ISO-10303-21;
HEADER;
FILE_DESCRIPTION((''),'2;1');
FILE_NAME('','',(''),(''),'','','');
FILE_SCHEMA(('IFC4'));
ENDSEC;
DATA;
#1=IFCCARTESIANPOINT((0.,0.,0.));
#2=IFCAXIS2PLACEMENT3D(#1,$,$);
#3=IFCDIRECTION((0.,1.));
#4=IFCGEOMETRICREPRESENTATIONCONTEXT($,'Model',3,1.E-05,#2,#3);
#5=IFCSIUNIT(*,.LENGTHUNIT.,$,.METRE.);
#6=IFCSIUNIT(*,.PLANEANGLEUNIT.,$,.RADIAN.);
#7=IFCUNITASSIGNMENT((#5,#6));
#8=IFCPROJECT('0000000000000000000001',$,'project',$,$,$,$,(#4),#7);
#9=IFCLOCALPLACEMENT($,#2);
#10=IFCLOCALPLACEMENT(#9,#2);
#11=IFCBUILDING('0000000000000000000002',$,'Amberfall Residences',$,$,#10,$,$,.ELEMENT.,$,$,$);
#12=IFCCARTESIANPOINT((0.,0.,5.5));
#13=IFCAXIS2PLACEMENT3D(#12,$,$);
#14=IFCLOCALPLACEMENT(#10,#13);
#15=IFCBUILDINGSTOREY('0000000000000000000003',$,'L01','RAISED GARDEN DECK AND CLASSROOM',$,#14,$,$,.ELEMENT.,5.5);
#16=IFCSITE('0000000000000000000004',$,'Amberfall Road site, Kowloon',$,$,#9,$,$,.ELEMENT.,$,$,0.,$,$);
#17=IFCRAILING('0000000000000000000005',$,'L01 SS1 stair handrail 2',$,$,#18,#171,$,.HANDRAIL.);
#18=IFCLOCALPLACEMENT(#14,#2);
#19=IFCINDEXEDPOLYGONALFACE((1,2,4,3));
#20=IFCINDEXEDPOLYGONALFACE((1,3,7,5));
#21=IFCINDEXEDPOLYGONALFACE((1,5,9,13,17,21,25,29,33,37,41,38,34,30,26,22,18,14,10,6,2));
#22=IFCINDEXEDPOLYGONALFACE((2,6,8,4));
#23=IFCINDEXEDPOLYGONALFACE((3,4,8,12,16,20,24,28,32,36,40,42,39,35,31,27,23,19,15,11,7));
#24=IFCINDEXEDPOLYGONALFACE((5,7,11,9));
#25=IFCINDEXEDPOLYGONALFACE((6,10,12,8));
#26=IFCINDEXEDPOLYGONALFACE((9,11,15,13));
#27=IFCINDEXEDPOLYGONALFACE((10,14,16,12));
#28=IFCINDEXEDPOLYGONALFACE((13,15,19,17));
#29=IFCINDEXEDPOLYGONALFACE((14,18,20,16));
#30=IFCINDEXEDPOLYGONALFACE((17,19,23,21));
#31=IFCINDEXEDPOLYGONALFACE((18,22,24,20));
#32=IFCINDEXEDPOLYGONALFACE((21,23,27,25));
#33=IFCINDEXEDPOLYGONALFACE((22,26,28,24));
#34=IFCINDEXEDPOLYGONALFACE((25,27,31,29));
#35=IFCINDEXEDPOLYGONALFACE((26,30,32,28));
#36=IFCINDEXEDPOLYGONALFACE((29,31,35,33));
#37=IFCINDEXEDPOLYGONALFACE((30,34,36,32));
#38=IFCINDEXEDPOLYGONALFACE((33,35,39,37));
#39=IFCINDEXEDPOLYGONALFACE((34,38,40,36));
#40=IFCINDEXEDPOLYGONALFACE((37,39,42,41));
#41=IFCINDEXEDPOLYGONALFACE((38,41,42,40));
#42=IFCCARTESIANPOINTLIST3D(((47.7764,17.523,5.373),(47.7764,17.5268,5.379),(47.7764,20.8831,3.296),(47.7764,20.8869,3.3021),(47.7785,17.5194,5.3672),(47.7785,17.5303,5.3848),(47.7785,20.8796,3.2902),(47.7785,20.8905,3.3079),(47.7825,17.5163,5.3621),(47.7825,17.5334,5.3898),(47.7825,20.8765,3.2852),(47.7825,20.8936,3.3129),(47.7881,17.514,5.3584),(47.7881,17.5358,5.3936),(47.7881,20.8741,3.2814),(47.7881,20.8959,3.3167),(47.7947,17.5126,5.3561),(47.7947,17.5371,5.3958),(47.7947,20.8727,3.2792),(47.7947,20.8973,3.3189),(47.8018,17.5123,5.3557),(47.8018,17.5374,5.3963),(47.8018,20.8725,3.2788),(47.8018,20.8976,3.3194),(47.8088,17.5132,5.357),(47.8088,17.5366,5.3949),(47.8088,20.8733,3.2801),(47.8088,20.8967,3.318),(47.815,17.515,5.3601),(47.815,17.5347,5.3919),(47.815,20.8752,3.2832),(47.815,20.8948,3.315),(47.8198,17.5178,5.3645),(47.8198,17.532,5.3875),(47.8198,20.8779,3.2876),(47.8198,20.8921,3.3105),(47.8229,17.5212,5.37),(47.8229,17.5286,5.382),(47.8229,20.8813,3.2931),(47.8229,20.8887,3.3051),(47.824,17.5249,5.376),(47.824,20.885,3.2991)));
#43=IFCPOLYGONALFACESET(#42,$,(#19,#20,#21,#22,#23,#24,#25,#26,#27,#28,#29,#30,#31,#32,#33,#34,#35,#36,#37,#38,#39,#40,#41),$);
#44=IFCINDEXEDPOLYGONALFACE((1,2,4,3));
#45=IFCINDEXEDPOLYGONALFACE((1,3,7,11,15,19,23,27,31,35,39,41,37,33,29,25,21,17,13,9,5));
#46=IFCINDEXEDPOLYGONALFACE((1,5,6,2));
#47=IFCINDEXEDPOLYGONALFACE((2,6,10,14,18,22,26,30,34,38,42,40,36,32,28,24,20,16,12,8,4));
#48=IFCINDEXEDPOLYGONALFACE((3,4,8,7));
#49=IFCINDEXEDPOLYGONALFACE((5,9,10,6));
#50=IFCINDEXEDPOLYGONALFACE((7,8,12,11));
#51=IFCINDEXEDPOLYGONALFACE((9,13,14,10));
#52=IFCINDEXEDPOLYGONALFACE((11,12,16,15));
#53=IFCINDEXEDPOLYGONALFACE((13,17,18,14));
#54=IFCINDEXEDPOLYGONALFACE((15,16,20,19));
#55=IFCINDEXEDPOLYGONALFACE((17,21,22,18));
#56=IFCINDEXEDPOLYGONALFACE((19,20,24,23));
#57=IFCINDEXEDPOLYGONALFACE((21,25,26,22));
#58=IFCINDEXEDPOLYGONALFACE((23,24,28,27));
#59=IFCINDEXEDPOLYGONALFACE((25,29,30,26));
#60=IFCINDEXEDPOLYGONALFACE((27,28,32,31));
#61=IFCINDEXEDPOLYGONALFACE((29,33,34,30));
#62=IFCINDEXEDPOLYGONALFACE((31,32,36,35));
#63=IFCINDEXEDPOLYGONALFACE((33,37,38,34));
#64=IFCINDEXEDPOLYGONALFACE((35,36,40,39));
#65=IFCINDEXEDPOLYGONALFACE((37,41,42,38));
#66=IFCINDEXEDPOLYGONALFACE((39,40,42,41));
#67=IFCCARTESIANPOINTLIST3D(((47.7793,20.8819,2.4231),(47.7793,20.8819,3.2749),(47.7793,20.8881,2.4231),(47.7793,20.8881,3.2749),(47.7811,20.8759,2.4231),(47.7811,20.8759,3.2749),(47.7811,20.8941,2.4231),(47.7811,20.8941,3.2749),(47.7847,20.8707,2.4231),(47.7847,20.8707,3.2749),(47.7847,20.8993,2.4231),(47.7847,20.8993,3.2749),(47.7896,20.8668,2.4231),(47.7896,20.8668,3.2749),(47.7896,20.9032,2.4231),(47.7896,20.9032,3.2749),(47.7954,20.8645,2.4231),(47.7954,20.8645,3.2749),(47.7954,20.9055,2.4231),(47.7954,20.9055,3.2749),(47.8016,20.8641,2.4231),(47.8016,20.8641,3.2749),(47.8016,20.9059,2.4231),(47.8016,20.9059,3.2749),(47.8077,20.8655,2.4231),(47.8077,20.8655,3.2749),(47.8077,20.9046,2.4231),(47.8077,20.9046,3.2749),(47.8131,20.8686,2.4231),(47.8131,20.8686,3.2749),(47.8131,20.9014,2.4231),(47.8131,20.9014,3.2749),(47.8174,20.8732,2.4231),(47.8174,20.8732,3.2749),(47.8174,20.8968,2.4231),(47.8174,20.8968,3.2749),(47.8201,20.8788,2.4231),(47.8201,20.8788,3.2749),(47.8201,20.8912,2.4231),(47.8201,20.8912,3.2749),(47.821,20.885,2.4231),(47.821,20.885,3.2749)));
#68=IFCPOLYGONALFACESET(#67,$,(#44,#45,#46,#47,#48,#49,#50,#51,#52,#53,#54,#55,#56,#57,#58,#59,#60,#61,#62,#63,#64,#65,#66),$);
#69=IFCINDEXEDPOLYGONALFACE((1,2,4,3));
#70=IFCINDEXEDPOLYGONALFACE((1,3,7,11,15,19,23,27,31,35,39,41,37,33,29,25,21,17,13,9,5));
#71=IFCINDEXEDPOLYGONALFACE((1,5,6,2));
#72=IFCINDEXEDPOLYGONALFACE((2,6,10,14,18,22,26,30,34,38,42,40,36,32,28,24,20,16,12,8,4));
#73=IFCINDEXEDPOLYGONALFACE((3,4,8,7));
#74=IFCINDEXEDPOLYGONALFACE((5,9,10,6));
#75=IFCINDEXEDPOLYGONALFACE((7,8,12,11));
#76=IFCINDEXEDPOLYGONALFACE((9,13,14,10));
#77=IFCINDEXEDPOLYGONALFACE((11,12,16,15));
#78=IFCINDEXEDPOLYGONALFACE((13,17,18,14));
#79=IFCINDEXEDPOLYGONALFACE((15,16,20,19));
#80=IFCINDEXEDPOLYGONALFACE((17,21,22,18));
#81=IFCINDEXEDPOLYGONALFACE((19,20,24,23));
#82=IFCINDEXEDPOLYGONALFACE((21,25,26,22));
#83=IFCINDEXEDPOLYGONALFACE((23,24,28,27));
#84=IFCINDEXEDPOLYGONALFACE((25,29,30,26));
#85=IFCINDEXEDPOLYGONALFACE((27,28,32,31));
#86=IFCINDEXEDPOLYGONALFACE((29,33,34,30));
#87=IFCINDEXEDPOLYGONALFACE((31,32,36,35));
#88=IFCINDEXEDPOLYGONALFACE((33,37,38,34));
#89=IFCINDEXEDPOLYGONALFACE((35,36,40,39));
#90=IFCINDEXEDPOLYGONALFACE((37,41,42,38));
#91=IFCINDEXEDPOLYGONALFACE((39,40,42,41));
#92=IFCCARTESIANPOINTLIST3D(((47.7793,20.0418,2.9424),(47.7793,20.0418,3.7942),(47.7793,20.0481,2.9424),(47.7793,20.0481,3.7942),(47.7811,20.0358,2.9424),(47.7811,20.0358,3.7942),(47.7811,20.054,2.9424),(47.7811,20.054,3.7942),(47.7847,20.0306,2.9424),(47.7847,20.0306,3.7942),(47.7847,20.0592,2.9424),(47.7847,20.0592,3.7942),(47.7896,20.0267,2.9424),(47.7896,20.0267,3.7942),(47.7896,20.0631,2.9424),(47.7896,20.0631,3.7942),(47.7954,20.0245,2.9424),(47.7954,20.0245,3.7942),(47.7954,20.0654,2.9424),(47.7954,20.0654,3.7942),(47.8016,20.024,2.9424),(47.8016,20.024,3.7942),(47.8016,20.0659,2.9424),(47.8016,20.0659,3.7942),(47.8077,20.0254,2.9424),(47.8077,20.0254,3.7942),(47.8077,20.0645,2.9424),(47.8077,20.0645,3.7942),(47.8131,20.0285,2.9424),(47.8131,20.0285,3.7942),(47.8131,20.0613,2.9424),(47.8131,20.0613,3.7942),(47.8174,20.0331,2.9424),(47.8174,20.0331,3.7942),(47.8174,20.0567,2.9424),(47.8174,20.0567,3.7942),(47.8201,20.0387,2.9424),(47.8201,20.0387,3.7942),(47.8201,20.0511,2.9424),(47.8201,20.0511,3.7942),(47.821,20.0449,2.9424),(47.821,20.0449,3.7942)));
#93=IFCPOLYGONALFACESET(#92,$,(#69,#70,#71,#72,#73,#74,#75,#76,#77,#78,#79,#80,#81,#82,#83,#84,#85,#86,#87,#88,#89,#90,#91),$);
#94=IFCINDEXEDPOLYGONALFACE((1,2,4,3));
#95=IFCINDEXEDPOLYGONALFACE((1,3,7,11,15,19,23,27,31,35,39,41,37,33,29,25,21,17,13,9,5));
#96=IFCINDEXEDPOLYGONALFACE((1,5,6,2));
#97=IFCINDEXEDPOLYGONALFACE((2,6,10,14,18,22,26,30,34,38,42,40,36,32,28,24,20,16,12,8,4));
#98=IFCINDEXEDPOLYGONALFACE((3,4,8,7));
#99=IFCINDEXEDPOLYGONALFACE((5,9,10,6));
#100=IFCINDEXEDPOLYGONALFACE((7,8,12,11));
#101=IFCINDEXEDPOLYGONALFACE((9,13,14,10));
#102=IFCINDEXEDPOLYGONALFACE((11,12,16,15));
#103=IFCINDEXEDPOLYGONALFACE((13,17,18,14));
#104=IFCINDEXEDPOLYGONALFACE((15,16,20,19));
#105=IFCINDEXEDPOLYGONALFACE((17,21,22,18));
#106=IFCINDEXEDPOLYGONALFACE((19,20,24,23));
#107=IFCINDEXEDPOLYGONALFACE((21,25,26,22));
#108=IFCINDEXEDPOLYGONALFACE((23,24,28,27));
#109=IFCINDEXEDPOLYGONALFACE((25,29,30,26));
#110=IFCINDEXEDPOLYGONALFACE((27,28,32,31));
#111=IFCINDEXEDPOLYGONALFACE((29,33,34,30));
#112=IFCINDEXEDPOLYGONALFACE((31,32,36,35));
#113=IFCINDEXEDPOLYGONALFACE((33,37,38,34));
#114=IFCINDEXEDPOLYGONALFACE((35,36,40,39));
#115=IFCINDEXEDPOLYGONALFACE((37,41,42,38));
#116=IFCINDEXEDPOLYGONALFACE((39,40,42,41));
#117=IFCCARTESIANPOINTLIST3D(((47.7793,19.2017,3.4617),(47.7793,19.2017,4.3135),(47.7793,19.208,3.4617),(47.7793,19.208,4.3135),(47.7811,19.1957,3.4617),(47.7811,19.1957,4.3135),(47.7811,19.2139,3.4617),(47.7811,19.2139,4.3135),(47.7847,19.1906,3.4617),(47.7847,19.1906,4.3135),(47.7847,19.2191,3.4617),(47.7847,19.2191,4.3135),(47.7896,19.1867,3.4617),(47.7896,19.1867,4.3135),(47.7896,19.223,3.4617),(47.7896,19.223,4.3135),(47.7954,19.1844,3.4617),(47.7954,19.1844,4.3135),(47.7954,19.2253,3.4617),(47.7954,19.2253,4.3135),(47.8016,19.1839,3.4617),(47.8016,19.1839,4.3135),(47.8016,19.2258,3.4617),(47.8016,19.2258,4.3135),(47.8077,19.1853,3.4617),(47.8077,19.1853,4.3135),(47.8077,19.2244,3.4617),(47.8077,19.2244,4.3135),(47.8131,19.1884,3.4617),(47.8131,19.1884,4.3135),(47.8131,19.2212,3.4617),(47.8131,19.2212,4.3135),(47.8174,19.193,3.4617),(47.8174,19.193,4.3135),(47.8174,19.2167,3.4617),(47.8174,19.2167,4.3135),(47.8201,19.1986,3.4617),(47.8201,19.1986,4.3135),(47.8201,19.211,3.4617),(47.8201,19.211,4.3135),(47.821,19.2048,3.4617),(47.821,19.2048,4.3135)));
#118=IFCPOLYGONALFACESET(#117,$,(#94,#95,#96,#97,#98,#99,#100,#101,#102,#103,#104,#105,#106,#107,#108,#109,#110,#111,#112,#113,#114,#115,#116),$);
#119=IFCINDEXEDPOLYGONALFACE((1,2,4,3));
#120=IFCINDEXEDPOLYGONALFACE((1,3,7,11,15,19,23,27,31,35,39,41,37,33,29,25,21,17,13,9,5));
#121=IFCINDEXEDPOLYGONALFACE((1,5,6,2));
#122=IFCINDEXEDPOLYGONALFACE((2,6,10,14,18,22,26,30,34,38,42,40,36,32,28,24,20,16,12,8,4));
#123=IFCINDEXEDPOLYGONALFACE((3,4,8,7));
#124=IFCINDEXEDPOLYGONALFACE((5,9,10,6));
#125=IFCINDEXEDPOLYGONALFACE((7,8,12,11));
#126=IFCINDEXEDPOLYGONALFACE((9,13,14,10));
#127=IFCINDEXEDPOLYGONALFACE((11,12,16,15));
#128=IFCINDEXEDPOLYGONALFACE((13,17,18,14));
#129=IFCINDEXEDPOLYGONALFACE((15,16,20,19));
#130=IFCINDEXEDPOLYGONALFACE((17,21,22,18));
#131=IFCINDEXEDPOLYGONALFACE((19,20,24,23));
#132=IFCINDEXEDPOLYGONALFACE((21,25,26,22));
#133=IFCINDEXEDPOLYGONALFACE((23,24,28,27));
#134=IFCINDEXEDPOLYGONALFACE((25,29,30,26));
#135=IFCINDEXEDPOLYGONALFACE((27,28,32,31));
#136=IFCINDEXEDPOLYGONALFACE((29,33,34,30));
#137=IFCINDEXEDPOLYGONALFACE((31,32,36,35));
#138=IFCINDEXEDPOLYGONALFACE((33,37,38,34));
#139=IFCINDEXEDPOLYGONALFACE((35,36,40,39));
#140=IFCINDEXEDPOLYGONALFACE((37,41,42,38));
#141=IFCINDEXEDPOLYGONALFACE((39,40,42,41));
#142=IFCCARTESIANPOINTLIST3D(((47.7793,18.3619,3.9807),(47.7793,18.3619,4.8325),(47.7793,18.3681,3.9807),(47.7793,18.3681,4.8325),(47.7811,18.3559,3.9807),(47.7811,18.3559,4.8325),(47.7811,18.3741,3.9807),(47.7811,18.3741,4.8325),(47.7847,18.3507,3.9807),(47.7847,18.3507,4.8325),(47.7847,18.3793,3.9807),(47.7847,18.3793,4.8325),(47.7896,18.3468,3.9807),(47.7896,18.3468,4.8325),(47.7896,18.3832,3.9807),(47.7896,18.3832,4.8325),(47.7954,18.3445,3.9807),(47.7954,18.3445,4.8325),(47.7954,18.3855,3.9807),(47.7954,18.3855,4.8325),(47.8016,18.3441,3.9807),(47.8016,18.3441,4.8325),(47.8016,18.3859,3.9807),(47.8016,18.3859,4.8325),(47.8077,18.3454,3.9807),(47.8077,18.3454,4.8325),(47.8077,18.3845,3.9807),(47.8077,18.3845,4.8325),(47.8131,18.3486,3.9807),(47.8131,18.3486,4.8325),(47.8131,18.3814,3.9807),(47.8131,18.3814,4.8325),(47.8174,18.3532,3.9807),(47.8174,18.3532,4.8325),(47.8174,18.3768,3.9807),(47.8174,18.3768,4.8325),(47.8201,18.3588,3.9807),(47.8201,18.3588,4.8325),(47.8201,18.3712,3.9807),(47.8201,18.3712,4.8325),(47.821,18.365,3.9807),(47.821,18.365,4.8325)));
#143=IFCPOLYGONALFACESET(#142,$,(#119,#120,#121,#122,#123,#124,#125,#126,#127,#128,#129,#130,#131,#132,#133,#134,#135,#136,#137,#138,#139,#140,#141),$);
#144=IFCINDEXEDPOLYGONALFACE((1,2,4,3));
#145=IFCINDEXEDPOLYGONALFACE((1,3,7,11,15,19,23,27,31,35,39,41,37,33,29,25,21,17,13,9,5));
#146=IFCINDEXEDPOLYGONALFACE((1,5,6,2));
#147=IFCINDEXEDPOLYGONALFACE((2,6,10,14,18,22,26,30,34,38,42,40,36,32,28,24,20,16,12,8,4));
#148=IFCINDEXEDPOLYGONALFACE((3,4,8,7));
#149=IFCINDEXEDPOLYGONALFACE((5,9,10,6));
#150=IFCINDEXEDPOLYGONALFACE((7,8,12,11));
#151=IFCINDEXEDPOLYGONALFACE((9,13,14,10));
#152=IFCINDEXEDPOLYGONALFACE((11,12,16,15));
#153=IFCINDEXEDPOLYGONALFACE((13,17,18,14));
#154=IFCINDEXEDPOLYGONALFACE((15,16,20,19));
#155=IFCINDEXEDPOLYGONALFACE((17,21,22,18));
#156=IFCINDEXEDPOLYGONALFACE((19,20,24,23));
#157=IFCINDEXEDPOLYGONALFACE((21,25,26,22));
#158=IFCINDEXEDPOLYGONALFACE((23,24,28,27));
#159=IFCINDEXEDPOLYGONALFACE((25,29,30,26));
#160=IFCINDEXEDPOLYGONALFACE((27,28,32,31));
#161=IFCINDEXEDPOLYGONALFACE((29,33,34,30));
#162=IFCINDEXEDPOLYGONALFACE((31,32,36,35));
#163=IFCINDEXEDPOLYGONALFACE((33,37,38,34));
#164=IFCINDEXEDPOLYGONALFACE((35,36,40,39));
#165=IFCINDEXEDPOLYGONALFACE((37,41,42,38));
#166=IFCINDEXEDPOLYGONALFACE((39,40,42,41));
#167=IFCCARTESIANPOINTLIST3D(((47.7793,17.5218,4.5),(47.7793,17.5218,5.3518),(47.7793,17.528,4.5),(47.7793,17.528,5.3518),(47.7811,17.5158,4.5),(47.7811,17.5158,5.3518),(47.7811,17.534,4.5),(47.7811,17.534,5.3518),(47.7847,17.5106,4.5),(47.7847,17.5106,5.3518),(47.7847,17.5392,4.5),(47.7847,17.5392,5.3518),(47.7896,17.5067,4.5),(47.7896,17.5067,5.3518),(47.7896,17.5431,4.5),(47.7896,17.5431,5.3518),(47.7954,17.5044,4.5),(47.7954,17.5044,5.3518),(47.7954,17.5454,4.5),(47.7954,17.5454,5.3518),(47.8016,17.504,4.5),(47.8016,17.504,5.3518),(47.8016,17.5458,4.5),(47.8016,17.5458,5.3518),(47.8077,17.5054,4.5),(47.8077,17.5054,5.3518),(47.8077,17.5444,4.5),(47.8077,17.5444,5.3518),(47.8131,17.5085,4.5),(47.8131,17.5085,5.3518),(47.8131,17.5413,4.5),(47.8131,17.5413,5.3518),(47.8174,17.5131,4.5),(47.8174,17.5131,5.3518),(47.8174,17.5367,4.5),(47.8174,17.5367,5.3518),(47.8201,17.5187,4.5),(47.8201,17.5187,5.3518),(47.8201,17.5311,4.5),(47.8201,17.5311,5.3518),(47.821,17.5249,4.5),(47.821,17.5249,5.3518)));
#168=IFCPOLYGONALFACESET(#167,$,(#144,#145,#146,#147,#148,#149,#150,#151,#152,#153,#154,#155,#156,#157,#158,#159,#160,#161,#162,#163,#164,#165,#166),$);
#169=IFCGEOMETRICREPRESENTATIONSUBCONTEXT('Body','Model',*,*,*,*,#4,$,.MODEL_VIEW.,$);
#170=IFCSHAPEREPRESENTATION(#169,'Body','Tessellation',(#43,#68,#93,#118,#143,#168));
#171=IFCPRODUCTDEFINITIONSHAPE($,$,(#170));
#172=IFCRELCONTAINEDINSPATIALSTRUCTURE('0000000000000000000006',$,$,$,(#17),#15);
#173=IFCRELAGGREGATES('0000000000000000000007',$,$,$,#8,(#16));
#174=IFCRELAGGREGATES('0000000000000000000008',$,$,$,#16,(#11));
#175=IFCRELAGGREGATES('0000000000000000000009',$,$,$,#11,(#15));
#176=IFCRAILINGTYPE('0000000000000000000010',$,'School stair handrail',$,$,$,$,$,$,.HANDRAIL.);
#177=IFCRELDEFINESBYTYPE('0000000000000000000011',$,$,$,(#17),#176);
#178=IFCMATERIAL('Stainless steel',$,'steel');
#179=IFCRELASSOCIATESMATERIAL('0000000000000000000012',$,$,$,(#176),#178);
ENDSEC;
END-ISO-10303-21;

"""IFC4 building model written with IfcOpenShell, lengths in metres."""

from ifc_helpers import new_model, si_unit, direction, frame, origin, origin_2d, place, context, subcontext, project, spatial, circle, extrude, material, type_object, element, save


model = new_model("IFC4")

# Units and contexts
model_context = context("Model", 3, precision=1e-05, world=origin(), true_north=direction((0.0, 1.0)))
body_context = subcontext(model_context, "Body", "Model", "MODEL_VIEW")
ifc_project = project(units=[si_unit("LENGTHUNIT", "METRE"), si_unit("PLANEANGLEUNIT", "RADIAN")], contexts=[model_context])

# Site, building, storey
site_placement = place(None, origin())
site = spatial("IfcSite", under=ifc_project, at=site_placement, Name="Amberfall Road site, Kowloon", CompositionType="ELEMENT", RefElevation=0.0)
building_placement = place(site_placement, origin())
building = spatial("IfcBuilding", under=site, at=building_placement, Name="Amberfall Residences", CompositionType="ELEMENT")
storey_placement = place(building_placement, frame((0.0, 0.0, 5.5)))
storey = spatial("IfcBuildingStorey", under=building, at=storey_placement, Name="L01", Description="RAISED GARDEN DECK AND CLASSROOM", CompositionType="ELEMENT", Elevation=5.5)

# Railing
ifc_material_1 = material(Name="Stainless steel", Category="steel")
railing_type_1 = type_object("IfcRailingType", Name="School stair handrail", PredefinedType="HANDRAIL", material=ifc_material_1)
railing_1_placement = place(storey_placement, frame((47.8, 20.885, 2.4231)))
element("IfcRailing", 1, at=railing_1_placement, inside=storey, type_object=railing_type_1, Name="L01 SS1 stair handrail 2", PredefinedType="HANDRAIL", context=body_context, shape_type="SweptSolid", body=[
    extrude(circle(Radius=0.0239, at=origin_2d()), frame((0.0, 0.0, 0.876), z_axis=(0.0, -0.850623, 0.525776), x_axis=(1.0, 0.0, 0.0)), (0.0, 0.0, 1.0), 3.9502),
    extrude(circle(Radius=0.021, at=origin_2d()), origin(), (0.0, 0.0, 1.0), 0.8518),
    extrude(circle(Radius=0.021, at=origin_2d()), frame((0.0, -0.8401, 0.5193)), (0.0, 0.0, 1.0), 0.8518),
    extrude(circle(Radius=0.021, at=origin_2d()), frame((0.0, -1.6802, 1.0386)), (0.0, 0.0, 1.0), 0.8518),
    extrude(circle(Radius=0.021, at=origin_2d()), frame((0.0, -2.52, 1.5576)), (0.0, 0.0, 1.0), 0.8518),
    extrude(circle(Radius=0.021, at=origin_2d()), frame((0.0, -3.3601, 2.0769)), (0.0, 0.0, 1.0), 0.8518),
])

save(model, "model.ifc")
